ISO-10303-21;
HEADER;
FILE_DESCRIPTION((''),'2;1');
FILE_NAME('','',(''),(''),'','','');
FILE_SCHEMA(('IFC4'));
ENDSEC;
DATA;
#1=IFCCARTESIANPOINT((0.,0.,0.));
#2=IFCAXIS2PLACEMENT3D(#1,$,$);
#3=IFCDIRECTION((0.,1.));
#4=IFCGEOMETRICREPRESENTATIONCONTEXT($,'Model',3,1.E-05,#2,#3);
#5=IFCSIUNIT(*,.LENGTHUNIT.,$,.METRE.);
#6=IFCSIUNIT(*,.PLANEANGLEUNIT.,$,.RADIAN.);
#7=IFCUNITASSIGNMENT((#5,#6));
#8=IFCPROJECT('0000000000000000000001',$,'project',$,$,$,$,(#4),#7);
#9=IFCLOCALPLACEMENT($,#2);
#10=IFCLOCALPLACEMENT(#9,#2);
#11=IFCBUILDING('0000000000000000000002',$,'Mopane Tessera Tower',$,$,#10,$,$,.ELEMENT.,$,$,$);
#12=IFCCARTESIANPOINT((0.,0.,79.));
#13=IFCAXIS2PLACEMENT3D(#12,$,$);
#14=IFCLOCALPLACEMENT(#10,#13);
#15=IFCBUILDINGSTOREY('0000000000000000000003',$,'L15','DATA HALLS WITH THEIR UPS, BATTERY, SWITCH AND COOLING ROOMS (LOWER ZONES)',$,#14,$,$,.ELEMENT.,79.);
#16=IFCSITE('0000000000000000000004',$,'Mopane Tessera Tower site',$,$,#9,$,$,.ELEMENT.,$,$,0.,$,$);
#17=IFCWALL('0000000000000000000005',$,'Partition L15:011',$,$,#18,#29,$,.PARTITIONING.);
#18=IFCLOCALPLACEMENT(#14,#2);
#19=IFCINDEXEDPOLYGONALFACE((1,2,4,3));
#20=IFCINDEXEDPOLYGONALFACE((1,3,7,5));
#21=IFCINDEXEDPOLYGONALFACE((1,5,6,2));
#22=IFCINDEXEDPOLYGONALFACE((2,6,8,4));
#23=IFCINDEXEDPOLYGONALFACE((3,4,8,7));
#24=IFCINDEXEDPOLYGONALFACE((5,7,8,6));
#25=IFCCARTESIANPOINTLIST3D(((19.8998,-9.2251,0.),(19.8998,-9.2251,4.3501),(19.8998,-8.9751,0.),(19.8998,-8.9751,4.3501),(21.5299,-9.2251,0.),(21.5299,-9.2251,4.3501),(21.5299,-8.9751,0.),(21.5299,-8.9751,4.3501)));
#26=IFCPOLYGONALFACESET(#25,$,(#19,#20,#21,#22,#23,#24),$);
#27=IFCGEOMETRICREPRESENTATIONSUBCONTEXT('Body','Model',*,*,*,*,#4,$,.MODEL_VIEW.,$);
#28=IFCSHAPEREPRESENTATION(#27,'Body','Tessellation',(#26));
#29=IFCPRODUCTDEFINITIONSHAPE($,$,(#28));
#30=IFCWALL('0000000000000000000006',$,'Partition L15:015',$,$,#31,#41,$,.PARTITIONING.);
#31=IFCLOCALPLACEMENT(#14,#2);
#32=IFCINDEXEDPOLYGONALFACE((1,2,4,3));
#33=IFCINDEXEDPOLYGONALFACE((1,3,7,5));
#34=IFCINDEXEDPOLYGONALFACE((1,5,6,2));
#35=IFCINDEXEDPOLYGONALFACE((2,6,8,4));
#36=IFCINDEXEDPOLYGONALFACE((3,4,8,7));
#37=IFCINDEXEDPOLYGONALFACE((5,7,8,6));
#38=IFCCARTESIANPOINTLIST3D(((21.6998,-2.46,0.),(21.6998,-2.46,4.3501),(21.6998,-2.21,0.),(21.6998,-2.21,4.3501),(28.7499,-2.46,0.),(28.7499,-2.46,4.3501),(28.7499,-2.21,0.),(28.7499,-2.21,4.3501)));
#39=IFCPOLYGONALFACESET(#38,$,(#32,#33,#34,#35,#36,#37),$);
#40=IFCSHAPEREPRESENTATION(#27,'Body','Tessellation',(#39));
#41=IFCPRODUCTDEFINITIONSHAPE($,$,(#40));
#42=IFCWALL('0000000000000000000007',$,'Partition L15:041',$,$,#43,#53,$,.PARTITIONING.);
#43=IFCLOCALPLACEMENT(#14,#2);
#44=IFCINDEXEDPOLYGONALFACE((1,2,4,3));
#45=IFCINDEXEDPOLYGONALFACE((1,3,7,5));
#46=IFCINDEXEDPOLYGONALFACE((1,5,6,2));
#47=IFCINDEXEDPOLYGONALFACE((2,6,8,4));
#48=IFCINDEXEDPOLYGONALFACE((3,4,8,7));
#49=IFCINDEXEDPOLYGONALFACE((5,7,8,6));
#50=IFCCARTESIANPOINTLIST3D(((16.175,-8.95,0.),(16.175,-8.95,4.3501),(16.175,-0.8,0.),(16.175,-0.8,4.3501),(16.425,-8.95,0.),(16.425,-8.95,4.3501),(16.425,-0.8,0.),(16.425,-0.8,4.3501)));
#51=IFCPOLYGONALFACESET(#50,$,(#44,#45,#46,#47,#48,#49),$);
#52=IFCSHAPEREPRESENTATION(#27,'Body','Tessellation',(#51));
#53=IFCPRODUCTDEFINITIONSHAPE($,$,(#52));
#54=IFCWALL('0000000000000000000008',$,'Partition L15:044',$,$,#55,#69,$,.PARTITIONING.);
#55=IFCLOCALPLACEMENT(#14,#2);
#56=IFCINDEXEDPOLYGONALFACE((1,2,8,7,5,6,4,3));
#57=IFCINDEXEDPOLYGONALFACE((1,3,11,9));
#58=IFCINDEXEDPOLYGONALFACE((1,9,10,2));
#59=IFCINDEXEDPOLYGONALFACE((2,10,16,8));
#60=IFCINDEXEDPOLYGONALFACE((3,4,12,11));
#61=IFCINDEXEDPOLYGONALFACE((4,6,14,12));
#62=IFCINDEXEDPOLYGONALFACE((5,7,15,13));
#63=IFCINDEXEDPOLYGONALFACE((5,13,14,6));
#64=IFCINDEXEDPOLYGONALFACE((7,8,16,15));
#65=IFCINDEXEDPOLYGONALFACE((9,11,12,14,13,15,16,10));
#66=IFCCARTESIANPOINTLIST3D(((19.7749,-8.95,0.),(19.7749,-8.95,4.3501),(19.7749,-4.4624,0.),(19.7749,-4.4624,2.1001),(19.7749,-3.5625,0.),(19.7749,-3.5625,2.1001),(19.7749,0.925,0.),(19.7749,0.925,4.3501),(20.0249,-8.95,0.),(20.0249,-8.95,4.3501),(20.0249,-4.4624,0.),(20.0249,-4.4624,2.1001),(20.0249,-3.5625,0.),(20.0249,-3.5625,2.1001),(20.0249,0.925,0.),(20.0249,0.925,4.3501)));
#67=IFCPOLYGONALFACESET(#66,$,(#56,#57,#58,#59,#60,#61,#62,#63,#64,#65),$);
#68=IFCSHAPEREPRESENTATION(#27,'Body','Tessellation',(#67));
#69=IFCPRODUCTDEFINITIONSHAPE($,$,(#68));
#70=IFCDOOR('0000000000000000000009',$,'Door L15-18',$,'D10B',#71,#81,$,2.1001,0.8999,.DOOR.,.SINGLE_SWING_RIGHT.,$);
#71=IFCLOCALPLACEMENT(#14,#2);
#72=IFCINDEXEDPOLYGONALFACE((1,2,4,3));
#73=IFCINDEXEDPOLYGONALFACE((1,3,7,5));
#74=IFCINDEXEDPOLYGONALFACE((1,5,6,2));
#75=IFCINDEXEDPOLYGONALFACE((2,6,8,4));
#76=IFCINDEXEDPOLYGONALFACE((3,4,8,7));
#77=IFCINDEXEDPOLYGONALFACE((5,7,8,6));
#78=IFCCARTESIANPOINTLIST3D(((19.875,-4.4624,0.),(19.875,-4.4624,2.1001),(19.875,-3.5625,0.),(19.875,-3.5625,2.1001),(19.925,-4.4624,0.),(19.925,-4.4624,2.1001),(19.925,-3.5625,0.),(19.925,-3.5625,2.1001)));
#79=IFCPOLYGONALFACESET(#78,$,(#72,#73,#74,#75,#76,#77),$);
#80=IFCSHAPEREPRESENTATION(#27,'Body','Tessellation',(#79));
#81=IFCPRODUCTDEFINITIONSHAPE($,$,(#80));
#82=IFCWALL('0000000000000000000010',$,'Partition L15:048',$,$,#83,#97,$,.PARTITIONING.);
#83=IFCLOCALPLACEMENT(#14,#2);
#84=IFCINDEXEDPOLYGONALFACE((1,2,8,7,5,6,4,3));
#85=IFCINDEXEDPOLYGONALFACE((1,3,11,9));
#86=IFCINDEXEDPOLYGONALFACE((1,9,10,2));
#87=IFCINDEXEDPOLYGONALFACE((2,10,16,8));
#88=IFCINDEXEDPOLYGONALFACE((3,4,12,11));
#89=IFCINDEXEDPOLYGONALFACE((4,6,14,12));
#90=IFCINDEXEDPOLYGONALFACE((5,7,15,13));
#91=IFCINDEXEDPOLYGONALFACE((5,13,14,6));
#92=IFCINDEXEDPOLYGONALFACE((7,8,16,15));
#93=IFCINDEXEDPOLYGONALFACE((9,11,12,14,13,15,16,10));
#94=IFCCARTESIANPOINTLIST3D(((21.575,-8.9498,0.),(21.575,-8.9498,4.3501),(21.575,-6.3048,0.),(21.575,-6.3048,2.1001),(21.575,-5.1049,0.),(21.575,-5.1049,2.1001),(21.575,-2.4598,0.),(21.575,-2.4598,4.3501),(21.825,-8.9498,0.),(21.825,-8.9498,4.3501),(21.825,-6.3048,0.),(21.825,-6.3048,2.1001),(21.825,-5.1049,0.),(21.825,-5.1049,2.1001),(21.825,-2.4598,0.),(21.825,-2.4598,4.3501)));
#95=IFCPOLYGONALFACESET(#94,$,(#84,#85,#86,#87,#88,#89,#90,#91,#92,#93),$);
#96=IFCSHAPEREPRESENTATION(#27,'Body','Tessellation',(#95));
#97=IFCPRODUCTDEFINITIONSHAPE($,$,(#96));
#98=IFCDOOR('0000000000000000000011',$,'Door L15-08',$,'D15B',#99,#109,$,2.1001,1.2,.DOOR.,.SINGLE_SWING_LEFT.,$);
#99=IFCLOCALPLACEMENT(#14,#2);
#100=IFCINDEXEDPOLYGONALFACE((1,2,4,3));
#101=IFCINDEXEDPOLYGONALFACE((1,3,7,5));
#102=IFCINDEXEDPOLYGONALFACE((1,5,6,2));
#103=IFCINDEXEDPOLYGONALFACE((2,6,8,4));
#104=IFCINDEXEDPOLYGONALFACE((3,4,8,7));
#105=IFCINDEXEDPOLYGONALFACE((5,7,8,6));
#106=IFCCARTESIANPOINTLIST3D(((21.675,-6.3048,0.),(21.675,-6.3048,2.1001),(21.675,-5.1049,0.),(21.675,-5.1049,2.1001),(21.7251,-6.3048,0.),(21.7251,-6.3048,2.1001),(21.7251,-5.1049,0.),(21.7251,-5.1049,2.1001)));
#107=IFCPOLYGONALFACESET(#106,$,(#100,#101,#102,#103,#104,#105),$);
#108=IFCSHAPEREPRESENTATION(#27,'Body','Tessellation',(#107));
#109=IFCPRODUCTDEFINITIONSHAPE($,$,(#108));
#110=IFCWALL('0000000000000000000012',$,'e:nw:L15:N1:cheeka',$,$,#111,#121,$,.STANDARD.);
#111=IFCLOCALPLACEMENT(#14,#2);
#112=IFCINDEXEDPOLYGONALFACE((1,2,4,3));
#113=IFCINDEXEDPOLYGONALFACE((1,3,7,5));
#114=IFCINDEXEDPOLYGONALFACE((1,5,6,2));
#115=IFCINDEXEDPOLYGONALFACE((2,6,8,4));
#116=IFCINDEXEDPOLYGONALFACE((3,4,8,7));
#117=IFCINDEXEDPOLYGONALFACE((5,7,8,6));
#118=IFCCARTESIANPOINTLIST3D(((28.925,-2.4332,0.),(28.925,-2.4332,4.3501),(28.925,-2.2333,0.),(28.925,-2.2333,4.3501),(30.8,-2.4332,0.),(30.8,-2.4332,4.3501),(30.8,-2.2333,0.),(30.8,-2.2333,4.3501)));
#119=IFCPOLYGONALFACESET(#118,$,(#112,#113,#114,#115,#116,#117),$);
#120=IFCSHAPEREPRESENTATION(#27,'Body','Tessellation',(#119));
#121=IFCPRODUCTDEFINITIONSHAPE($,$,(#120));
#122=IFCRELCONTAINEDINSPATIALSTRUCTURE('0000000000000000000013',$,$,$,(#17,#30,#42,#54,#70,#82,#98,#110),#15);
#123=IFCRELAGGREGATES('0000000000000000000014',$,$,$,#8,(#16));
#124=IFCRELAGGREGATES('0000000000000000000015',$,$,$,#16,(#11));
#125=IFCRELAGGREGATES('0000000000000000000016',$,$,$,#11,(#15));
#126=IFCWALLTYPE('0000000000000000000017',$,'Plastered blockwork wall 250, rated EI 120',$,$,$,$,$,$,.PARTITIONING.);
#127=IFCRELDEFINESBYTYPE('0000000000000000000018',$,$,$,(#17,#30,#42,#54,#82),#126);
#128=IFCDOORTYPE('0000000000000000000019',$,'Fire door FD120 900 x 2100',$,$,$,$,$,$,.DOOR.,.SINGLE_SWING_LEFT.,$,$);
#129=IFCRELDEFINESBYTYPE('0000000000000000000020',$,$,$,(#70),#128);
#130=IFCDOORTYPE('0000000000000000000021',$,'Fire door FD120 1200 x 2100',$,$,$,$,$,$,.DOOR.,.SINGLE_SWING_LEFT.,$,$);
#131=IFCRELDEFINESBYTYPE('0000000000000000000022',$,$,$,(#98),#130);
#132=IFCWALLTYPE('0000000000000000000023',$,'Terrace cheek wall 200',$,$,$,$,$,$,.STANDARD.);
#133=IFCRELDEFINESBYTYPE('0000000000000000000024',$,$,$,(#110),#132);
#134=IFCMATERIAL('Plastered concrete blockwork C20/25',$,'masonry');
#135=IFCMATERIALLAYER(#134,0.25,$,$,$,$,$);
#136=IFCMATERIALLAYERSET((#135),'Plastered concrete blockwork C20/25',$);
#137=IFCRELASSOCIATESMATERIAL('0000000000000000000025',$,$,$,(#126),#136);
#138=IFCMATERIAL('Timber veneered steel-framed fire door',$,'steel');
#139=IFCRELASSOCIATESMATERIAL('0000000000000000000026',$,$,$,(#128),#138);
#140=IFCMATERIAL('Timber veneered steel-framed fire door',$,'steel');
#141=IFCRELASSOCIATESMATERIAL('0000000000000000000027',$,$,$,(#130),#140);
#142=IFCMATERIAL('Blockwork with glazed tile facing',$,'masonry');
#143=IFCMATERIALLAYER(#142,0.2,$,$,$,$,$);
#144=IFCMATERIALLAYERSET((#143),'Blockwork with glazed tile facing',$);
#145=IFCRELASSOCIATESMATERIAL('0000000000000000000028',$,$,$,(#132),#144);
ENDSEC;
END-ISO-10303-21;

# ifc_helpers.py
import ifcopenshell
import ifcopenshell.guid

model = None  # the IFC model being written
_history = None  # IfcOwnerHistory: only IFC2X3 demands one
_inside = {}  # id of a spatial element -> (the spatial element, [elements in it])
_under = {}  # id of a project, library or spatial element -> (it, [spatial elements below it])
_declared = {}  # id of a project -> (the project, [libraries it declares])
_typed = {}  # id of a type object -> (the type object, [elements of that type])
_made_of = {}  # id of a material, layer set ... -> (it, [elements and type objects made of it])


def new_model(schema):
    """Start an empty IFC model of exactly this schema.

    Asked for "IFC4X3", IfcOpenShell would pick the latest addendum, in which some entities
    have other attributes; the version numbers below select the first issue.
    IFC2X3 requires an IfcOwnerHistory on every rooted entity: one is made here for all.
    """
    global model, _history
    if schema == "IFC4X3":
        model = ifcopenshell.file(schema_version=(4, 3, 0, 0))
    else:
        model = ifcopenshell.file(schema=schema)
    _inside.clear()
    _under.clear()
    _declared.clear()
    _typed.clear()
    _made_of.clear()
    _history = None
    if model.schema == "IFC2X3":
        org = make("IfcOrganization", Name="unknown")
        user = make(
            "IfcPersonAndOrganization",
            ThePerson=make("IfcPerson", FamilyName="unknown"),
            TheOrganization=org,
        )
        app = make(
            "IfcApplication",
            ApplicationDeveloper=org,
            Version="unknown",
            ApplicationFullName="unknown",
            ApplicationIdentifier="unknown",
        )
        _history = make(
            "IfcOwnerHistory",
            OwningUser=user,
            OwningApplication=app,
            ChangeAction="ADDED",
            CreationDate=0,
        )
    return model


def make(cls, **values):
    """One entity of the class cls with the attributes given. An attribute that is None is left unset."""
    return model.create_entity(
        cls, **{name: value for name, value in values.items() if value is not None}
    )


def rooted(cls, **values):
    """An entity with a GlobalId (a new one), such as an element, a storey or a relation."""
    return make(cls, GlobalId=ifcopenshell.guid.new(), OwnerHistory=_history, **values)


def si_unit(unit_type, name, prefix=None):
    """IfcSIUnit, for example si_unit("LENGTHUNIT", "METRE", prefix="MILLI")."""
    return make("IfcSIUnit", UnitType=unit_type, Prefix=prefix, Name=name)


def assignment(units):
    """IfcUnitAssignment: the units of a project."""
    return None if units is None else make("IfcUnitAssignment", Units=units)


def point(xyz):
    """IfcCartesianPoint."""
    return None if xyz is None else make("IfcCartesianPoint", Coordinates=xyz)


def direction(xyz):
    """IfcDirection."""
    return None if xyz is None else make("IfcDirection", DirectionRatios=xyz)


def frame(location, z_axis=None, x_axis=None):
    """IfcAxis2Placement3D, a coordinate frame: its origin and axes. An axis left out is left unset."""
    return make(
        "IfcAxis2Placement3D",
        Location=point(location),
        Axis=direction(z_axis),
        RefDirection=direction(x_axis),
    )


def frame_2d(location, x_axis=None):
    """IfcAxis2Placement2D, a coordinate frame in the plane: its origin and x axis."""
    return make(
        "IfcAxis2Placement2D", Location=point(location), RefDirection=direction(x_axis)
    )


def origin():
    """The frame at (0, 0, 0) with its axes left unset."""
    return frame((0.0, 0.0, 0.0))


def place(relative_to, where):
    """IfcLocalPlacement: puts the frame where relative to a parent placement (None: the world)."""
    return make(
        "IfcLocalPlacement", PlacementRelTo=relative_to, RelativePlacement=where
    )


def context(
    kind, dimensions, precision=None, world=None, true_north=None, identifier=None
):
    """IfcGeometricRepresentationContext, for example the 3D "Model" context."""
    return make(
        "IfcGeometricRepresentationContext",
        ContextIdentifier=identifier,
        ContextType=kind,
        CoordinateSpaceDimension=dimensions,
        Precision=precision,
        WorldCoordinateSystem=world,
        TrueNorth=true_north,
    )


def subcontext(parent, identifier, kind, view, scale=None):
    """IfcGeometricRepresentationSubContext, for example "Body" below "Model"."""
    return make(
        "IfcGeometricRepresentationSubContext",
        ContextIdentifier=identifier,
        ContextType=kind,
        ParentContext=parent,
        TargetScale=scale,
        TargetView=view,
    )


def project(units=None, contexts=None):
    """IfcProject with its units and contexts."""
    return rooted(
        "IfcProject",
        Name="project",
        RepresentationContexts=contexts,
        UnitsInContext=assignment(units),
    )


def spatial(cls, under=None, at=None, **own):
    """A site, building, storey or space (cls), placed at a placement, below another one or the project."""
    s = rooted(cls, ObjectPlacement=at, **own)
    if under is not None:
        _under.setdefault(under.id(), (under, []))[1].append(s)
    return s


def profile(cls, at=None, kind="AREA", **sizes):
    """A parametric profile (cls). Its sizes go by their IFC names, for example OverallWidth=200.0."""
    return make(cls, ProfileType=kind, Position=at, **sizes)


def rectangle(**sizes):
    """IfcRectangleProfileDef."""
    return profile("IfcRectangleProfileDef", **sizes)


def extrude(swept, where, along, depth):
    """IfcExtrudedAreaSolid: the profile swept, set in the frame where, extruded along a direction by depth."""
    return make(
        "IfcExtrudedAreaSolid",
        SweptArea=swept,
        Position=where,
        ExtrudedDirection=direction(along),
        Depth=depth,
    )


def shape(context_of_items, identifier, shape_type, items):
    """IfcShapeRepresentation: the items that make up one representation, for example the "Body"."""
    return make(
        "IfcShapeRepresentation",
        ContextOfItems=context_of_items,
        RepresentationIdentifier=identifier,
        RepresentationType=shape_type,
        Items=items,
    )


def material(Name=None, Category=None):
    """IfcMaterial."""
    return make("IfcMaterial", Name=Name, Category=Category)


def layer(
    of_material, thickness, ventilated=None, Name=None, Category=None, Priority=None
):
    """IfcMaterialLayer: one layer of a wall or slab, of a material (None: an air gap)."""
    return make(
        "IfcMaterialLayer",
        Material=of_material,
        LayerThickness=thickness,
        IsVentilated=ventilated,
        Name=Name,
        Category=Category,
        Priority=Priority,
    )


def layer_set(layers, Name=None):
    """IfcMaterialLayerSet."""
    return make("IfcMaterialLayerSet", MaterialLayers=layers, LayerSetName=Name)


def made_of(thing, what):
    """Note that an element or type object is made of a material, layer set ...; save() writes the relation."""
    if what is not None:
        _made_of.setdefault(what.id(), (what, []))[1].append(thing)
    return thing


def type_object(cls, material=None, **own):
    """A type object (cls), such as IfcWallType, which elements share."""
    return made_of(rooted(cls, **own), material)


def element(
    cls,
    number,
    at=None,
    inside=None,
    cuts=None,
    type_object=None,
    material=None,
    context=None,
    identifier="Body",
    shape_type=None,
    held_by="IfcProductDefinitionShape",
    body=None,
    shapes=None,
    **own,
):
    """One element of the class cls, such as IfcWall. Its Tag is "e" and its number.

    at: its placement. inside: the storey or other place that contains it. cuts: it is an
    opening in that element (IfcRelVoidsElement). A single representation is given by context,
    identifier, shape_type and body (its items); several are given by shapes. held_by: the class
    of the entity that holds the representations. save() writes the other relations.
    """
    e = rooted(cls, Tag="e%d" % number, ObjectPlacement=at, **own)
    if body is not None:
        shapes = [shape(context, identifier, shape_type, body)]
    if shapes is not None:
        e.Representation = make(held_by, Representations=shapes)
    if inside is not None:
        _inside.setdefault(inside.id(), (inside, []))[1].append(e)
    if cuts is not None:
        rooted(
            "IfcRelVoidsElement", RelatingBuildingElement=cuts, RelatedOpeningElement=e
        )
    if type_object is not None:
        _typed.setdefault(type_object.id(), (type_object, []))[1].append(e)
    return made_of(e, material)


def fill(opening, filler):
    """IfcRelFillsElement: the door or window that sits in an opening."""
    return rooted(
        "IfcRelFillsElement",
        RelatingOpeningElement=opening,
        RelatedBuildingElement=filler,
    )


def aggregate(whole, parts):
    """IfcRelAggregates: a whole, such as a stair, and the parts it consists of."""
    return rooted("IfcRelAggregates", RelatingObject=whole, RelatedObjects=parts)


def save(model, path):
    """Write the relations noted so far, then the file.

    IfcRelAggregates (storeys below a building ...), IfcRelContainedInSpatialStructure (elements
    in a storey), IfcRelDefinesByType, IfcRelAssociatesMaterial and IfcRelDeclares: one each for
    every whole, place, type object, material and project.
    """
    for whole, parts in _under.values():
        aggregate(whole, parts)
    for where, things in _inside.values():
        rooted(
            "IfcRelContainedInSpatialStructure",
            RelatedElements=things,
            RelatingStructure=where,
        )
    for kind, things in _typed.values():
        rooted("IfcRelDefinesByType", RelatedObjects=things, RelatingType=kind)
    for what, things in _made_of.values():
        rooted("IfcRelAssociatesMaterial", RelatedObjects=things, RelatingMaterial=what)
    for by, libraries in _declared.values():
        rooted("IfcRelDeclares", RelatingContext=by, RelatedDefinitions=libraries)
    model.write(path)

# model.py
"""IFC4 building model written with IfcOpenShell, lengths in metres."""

from ifc_helpers import new_model, si_unit, direction, frame, frame_2d, origin, place, context, subcontext, project, spatial, rectangle, extrude, material, layer, layer_set, type_object, element, fill, save


model = new_model("IFC4")

# Units and contexts
model_context = context("Model", 3, precision=1e-05, world=origin(), true_north=direction((0.0, 1.0)))
body_context = subcontext(model_context, "Body", "Model", "MODEL_VIEW")
ifc_project = project(units=[si_unit("LENGTHUNIT", "METRE"), si_unit("PLANEANGLEUNIT", "RADIAN")], contexts=[model_context])

# Site, building, storey
site_placement = place(None, origin())
site = spatial("IfcSite", under=ifc_project, at=site_placement, Name="Mopane Tessera Tower site", CompositionType="ELEMENT", RefElevation=0.0)
building_placement = place(site_placement, origin())
building = spatial("IfcBuilding", under=site, at=building_placement, Name="Mopane Tessera Tower", CompositionType="ELEMENT")
storey_placement = place(building_placement, frame((0.0, 0.0, 79.0)))
storey = spatial("IfcBuildingStorey", under=building, at=storey_placement, Name="L15", Description="DATA HALLS WITH THEIR UPS, BATTERY, SWITCH AND COOLING ROOMS (LOWER ZONES)", CompositionType="ELEMENT", Elevation=79.0)

# Walls
ifc_material_1 = material(Name="Plastered concrete blockwork C20/25", Category="masonry")
ifc_layer_1 = layer(ifc_material_1, 0.25)
ifc_layer_set_1 = layer_set([ifc_layer_1], Name="Plastered concrete blockwork C20/25")
wall_type_1 = type_object("IfcWallType", Name="Plastered blockwork wall 250, rated EI 120", PredefinedType="PARTITIONING", material=ifc_layer_set_1)
wall_1_placement = place(storey_placement, frame((19.8999, -9.1001, 0.0), z_axis=(0.0, 0.0, 1.0), x_axis=(1.0, 0.0, 0.0)))
element("IfcWall", 1, at=wall_1_placement, inside=storey, type_object=wall_type_1, Name="Partition L15:011", PredefinedType="PARTITIONING", context=body_context, shape_type="SweptSolid", body=[
    extrude(rectangle(XDim=1.6301, YDim=0.25, at=frame_2d((0.8149, 0.0))), origin(), (0.0, 0.0, 1.0), 4.3501),
])
wall_2_placement = place(storey_placement, frame((21.7, -2.335, 0.0), z_axis=(0.0, 0.0, 1.0), x_axis=(1.0, 0.0, 0.0)))
element("IfcWall", 2, at=wall_2_placement, inside=storey, type_object=wall_type_1, Name="Partition L15:015", PredefinedType="PARTITIONING", context=body_context, shape_type="SweptSolid", body=[
    extrude(rectangle(XDim=7.05, YDim=0.25, at=frame_2d((3.5249, 0.0))), origin(), (0.0, 0.0, 1.0), 4.3501),
])
wall_3_placement = place(storey_placement, frame((16.3, -8.95, 0.0), z_axis=(0.0, 0.0, 1.0), x_axis=(0.0, 1.0, 0.0)))
element("IfcWall", 3, at=wall_3_placement, inside=storey, type_object=wall_type_1, Name="Partition L15:041", PredefinedType="PARTITIONING", context=body_context, shape_type="SweptSolid", body=[
    extrude(rectangle(XDim=8.1499, YDim=0.25, at=frame_2d((4.075, 0.0))), origin(), (0.0, 0.0, 1.0), 4.3501),
])

# Walls, openings, doors
wall_4_placement = place(storey_placement, frame((19.8999, -8.95, 0.0), z_axis=(0.0, 0.0, 1.0), x_axis=(0.0, 1.0, 0.0)))
wall_4 = element("IfcWall", 4, at=wall_4_placement, inside=storey, type_object=wall_type_1, Name="Partition L15:044", PredefinedType="PARTITIONING", context=body_context, shape_type="SweptSolid", body=[
    extrude(rectangle(XDim=9.875, YDim=0.25, at=frame_2d((4.9375, 0.0))), origin(), (0.0, 0.0, 1.0), 4.3501),
])
opening_1_placement = place(wall_4_placement, frame((4.4875, 0.0, 0.0)))
opening_1 = element("IfcOpeningElement", 5, at=opening_1_placement, cuts=wall_4, PredefinedType="OPENING", context=body_context, shape_type="SweptSolid", body=[
    extrude(rectangle(XDim=0.8999, YDim=2.1001, at=frame_2d((0.45, 1.05))), frame((0.0, 0.137, 0.0), z_axis=(0.0, -1.0, 0.0), x_axis=(1.0, 0.0, 0.0)), (0.0, 0.0, 1.0), 0.2739),
])
ifc_material_2 = material(Name="Timber veneered steel-framed fire door", Category="steel")
door_type_1 = type_object("IfcDoorType", Name="Fire door FD120 900 x 2100", OperationType="SINGLE_SWING_LEFT", PredefinedType="DOOR", material=ifc_material_2)
door_1_placement = place(opening_1_placement, origin())
door_1 = element("IfcDoor", 6, at=door_1_placement, inside=storey, type_object=door_type_1, Name="Door L15-18", ObjectType="D10B", OperationType="SINGLE_SWING_RIGHT", OverallHeight=2.1001, OverallWidth=0.8999, PredefinedType="DOOR", context=body_context, shape_type="SweptSolid", body=[
    extrude(rectangle(XDim=0.8999, YDim=2.1001, at=frame_2d((0.45, 1.05))), frame((0.0, 0.0249, 0.0), z_axis=(0.0, -1.0, 0.0), x_axis=(1.0, 0.0, 0.0)), (0.0, 0.0, 1.0), 0.05),
])
fill(opening_1, door_1)
wall_5_placement = place(storey_placement, frame((21.7, -8.95, 0.0), z_axis=(0.0, 0.0, 1.0), x_axis=(0.0, 1.0, 0.0)))
wall_5 = element("IfcWall", 7, at=wall_5_placement, inside=storey, type_object=wall_type_1, Name="Partition L15:048", PredefinedType="PARTITIONING", context=body_context, shape_type="SweptSolid", body=[
    extrude(rectangle(XDim=6.49, YDim=0.25, at=frame_2d((3.2451, 0.0))), origin(), (0.0, 0.0, 1.0), 4.3501),
])
opening_2_placement = place(wall_5_placement, frame((2.645, 0.0, 0.0)))
opening_2 = element("IfcOpeningElement", 8, at=opening_2_placement, cuts=wall_5, PredefinedType="OPENING", context=body_context, shape_type="SweptSolid", body=[
    extrude(rectangle(XDim=1.2, YDim=2.1001, at=frame_2d((0.6001, 1.05))), frame((0.0, 0.137, 0.0), z_axis=(0.0, -1.0, 0.0), x_axis=(1.0, 0.0, 0.0)), (0.0, 0.0, 1.0), 0.2739),
])
ifc_material_3 = material(Name="Timber veneered steel-framed fire door", Category="steel")
door_type_2 = type_object("IfcDoorType", Name="Fire door FD120 1200 x 2100", OperationType="SINGLE_SWING_LEFT", PredefinedType="DOOR", material=ifc_material_3)
door_2_placement = place(opening_2_placement, origin())
door_2 = element("IfcDoor", 9, at=door_2_placement, inside=storey, type_object=door_type_2, Name="Door L15-08", ObjectType="D15B", OperationType="SINGLE_SWING_LEFT", OverallHeight=2.1001, OverallWidth=1.2, PredefinedType="DOOR", context=body_context, shape_type="SweptSolid", body=[
    extrude(rectangle(XDim=1.2, YDim=2.1001, at=frame_2d((0.6001, 1.05))), frame((0.0, 0.0249, 0.0), z_axis=(0.0, -1.0, 0.0), x_axis=(1.0, 0.0, 0.0)), (0.0, 0.0, 1.0), 0.05),
])
fill(opening_2, door_2)

# Wall
ifc_material_4 = material(Name="Blockwork with glazed tile facing", Category="masonry")
ifc_layer_2 = layer(ifc_material_4, 0.2)
ifc_layer_set_2 = layer_set([ifc_layer_2], Name="Blockwork with glazed tile facing")
wall_type_2 = type_object("IfcWallType", Name="Terrace cheek wall 200", PredefinedType="STANDARD", material=ifc_layer_set_2)
wall_6_placement = place(storey_placement, frame((30.8, -2.3333, 0.0), z_axis=(0.0, 0.0, 1.0), x_axis=(-1.0, 0.0, 0.0)))
element("IfcWall", 10, at=wall_6_placement, inside=storey, type_object=wall_type_2, Name="e:nw:L15:N1:cheeka", PredefinedType="STANDARD", context=body_context, shape_type="SweptSolid", body=[
    extrude(rectangle(XDim=1.875, YDim=0.2, at=frame_2d((0.9375, 0.0))), origin(), (0.0, 0.0, 1.0), 4.3501),
])

save(model, "model.ifc")
